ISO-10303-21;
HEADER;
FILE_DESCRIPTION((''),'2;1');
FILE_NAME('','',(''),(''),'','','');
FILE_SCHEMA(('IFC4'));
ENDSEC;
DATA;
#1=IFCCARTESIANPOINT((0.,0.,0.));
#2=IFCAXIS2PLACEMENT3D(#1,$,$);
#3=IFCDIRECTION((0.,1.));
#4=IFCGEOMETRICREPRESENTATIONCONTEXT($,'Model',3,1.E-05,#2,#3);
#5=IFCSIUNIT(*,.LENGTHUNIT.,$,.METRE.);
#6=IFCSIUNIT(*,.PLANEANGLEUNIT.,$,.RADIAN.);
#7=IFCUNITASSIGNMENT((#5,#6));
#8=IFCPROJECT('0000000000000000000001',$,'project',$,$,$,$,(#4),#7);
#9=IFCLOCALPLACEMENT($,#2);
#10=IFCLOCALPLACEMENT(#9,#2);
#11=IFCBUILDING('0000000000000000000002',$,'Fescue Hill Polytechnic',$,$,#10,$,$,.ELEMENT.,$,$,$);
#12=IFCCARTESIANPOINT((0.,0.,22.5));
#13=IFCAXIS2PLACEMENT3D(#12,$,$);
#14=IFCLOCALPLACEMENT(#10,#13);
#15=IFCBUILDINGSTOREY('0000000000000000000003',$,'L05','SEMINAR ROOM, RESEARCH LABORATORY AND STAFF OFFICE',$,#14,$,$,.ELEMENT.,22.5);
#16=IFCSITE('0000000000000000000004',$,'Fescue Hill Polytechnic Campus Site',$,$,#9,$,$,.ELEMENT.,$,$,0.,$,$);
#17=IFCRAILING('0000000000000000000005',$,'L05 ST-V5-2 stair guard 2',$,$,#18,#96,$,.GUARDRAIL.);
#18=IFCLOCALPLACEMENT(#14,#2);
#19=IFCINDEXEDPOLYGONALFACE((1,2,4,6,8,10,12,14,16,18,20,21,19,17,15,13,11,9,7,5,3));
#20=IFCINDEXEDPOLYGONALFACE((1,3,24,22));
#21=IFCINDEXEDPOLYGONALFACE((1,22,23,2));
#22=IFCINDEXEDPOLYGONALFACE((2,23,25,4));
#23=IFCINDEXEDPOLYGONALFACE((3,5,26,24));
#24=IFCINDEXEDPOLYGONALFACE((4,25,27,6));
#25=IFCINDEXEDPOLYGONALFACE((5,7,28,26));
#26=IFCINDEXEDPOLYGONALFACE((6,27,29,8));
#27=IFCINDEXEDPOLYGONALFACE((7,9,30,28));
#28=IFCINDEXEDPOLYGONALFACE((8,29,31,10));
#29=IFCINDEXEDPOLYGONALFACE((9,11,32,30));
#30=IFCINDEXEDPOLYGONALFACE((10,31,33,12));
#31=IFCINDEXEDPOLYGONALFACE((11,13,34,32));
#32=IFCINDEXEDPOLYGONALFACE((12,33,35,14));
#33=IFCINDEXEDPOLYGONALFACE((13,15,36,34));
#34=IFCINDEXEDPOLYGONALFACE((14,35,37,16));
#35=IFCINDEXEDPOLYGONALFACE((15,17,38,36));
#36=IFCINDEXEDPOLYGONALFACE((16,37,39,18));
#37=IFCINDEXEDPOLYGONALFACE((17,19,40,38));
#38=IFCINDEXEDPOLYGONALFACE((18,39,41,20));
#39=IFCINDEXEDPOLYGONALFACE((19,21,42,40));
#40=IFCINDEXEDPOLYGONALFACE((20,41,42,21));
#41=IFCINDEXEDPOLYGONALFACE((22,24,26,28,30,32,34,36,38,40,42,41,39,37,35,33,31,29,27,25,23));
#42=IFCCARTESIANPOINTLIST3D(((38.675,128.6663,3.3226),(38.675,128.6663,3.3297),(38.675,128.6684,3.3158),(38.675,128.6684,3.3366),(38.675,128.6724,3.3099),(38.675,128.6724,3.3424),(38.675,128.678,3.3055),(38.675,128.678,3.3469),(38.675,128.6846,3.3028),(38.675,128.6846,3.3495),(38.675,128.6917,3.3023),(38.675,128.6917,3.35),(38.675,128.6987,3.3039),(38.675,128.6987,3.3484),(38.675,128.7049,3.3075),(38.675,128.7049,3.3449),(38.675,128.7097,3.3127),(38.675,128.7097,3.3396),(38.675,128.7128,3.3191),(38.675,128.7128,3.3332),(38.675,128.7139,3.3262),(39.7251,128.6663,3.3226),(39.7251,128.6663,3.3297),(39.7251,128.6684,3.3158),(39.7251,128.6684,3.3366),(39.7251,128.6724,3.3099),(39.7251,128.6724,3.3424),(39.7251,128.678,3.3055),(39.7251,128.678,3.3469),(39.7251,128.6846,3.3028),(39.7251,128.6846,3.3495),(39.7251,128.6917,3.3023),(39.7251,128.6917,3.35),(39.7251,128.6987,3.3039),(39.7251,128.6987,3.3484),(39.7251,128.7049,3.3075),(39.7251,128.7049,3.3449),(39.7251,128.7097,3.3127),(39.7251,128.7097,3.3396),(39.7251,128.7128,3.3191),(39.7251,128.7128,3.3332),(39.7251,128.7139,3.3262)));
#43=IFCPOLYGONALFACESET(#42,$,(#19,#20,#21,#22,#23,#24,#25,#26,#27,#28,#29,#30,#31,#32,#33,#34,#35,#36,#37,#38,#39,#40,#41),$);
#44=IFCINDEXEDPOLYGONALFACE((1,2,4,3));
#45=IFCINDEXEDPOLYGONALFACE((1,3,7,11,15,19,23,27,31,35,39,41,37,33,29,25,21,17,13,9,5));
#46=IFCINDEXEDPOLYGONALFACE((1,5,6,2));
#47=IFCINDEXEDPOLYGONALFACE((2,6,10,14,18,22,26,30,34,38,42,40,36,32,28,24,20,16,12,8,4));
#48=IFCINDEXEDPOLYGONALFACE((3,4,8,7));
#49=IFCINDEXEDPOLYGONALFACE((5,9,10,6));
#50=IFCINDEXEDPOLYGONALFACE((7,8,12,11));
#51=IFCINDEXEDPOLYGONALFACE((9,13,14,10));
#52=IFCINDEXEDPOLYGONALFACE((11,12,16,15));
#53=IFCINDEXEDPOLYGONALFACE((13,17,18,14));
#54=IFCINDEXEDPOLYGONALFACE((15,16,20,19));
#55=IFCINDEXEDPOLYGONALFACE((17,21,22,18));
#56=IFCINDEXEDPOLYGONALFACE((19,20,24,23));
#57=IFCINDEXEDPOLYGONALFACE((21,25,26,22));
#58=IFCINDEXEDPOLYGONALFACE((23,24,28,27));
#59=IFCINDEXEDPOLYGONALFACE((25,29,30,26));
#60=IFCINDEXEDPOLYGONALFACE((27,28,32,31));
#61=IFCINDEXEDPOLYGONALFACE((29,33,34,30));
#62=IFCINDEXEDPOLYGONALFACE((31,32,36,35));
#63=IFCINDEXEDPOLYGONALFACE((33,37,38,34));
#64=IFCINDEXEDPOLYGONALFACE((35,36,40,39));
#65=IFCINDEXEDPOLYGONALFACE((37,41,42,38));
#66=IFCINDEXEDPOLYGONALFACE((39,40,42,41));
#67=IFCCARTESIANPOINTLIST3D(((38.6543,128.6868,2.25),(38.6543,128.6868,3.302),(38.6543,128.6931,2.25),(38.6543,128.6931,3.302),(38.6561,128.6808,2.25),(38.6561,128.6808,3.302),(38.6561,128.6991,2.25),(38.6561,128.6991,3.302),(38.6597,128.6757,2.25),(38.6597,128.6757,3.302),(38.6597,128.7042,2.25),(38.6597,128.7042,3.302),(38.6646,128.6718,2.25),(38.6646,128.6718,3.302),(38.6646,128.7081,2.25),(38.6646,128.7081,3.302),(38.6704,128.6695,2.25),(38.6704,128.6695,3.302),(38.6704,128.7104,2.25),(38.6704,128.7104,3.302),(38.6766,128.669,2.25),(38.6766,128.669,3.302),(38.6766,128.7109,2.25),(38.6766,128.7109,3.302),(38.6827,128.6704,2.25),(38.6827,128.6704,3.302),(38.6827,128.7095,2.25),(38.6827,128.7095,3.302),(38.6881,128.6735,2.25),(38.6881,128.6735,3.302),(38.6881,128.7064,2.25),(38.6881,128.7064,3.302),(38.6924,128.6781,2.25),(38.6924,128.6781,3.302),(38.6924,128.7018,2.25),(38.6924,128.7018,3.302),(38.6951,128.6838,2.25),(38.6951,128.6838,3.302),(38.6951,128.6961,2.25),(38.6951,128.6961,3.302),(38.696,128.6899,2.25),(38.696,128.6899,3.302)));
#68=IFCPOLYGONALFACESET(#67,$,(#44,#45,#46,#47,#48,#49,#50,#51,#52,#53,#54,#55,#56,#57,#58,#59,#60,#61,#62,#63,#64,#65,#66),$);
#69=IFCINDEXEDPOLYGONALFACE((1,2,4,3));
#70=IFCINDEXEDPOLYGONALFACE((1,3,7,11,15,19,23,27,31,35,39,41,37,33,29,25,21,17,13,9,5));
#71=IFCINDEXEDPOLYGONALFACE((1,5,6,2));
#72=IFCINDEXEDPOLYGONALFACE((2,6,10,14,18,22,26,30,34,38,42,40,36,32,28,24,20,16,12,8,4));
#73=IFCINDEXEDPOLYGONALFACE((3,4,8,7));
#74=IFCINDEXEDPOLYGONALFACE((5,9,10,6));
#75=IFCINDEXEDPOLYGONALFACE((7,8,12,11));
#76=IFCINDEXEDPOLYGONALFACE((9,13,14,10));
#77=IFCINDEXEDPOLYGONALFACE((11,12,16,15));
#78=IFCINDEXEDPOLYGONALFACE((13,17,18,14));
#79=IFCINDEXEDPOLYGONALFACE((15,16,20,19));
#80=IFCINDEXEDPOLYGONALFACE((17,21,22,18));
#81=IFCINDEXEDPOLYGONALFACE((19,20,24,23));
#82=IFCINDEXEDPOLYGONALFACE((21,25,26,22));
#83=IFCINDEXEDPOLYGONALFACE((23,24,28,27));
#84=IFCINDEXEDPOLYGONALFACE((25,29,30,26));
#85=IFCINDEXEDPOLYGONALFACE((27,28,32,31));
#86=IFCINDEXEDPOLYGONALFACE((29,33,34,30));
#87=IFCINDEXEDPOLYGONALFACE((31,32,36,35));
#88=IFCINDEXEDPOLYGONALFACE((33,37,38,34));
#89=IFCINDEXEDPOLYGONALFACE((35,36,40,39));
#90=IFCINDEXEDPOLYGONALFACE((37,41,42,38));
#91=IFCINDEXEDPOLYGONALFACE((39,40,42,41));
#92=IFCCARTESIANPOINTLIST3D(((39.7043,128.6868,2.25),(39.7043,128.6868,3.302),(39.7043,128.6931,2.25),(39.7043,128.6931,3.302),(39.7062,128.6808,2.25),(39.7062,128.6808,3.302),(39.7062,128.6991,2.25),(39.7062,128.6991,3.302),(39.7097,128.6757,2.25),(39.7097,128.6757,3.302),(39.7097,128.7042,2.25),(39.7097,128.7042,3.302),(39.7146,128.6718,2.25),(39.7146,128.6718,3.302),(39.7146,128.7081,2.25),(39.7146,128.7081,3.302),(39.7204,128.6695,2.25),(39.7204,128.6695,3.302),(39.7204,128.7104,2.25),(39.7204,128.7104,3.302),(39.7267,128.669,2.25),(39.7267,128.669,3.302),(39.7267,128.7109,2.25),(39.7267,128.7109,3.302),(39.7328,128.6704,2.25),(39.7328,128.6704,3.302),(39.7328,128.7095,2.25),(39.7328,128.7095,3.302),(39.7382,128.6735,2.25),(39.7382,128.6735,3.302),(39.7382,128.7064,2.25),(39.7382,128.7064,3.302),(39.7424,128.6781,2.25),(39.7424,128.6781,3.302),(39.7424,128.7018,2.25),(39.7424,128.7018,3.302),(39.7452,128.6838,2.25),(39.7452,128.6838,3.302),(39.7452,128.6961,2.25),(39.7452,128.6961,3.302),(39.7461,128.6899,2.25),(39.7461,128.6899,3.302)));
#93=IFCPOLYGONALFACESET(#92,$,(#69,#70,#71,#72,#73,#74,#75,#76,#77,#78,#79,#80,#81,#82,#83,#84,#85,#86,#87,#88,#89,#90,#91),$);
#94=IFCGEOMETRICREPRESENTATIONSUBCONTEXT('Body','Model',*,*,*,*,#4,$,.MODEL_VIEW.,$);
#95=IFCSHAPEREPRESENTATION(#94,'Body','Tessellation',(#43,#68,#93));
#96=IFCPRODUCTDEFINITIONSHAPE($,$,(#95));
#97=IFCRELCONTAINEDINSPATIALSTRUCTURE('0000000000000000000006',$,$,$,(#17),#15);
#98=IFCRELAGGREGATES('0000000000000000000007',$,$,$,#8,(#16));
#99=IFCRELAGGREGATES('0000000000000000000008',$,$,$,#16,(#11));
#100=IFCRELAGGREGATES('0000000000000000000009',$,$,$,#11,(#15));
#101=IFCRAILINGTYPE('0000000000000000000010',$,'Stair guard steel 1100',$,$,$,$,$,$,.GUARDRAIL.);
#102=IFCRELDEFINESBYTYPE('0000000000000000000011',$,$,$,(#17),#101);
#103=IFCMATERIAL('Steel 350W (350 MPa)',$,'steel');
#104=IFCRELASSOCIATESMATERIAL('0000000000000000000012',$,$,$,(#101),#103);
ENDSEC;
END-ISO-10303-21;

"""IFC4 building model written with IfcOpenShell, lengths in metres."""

from ifc_helpers import new_model, si_unit, direction, frame, origin, origin_2d, place, context, subcontext, project, spatial, circle, extrude, material, type_object, element, save


model = new_model("IFC4")

# Units and contexts
model_context = context("Model", 3, precision=1e-05, world=origin(), true_north=direction((0.0, 1.0)))
body_context = subcontext(model_context, "Body", "Model", "MODEL_VIEW")
ifc_project = project(units=[si_unit("LENGTHUNIT", "METRE"), si_unit("PLANEANGLEUNIT", "RADIAN")], contexts=[model_context])

# Site, building, storey
site_placement = place(None, origin())
site = spatial("IfcSite", under=ifc_project, at=site_placement, Name="Fescue Hill Polytechnic Campus Site", CompositionType="ELEMENT", RefElevation=0.0)
building_placement = place(site_placement, origin())
building = spatial("IfcBuilding", under=site, at=building_placement, Name="Fescue Hill Polytechnic", CompositionType="ELEMENT")
storey_placement = place(building_placement, frame((0.0, 0.0, 22.5)))
storey = spatial("IfcBuildingStorey", under=building, at=storey_placement, Name="L05", Description="SEMINAR ROOM, RESEARCH LABORATORY AND STAFF OFFICE", CompositionType="ELEMENT", Elevation=22.5)

# Railing
ifc_material_1 = material(Name="Steel 350W (350 MPa)", Category="steel")
railing_type_1 = type_object("IfcRailingType", Name="Stair guard steel 1100", PredefinedType="GUARDRAIL", material=ifc_material_1)
railing_1_placement = place(storey_placement, frame((38.675, 128.6899, 2.25)))
element("IfcRailing", 1, at=railing_1_placement, inside=storey, type_object=railing_type_1, Name="L05 ST-V5-2 stair guard 2", PredefinedType="GUARDRAIL", context=body_context, shape_type="SweptSolid", body=[
    extrude(circle(Radius=0.0239, at=origin_2d()), frame((0.0, 0.0, 1.0762), z_axis=(1.0, 0.0, 0.0), x_axis=(0.0, 1.0, 0.0)), (0.0, 0.0, 1.0), 1.05),
    extrude(circle(Radius=0.021, at=origin_2d()), origin(), (0.0, 0.0, 1.0), 1.052),
    extrude(circle(Radius=0.021, at=origin_2d()), frame((1.05, 0.0, 0.0)), (0.0, 0.0, 1.0), 1.052),
])

save(model, "model.ifc")
